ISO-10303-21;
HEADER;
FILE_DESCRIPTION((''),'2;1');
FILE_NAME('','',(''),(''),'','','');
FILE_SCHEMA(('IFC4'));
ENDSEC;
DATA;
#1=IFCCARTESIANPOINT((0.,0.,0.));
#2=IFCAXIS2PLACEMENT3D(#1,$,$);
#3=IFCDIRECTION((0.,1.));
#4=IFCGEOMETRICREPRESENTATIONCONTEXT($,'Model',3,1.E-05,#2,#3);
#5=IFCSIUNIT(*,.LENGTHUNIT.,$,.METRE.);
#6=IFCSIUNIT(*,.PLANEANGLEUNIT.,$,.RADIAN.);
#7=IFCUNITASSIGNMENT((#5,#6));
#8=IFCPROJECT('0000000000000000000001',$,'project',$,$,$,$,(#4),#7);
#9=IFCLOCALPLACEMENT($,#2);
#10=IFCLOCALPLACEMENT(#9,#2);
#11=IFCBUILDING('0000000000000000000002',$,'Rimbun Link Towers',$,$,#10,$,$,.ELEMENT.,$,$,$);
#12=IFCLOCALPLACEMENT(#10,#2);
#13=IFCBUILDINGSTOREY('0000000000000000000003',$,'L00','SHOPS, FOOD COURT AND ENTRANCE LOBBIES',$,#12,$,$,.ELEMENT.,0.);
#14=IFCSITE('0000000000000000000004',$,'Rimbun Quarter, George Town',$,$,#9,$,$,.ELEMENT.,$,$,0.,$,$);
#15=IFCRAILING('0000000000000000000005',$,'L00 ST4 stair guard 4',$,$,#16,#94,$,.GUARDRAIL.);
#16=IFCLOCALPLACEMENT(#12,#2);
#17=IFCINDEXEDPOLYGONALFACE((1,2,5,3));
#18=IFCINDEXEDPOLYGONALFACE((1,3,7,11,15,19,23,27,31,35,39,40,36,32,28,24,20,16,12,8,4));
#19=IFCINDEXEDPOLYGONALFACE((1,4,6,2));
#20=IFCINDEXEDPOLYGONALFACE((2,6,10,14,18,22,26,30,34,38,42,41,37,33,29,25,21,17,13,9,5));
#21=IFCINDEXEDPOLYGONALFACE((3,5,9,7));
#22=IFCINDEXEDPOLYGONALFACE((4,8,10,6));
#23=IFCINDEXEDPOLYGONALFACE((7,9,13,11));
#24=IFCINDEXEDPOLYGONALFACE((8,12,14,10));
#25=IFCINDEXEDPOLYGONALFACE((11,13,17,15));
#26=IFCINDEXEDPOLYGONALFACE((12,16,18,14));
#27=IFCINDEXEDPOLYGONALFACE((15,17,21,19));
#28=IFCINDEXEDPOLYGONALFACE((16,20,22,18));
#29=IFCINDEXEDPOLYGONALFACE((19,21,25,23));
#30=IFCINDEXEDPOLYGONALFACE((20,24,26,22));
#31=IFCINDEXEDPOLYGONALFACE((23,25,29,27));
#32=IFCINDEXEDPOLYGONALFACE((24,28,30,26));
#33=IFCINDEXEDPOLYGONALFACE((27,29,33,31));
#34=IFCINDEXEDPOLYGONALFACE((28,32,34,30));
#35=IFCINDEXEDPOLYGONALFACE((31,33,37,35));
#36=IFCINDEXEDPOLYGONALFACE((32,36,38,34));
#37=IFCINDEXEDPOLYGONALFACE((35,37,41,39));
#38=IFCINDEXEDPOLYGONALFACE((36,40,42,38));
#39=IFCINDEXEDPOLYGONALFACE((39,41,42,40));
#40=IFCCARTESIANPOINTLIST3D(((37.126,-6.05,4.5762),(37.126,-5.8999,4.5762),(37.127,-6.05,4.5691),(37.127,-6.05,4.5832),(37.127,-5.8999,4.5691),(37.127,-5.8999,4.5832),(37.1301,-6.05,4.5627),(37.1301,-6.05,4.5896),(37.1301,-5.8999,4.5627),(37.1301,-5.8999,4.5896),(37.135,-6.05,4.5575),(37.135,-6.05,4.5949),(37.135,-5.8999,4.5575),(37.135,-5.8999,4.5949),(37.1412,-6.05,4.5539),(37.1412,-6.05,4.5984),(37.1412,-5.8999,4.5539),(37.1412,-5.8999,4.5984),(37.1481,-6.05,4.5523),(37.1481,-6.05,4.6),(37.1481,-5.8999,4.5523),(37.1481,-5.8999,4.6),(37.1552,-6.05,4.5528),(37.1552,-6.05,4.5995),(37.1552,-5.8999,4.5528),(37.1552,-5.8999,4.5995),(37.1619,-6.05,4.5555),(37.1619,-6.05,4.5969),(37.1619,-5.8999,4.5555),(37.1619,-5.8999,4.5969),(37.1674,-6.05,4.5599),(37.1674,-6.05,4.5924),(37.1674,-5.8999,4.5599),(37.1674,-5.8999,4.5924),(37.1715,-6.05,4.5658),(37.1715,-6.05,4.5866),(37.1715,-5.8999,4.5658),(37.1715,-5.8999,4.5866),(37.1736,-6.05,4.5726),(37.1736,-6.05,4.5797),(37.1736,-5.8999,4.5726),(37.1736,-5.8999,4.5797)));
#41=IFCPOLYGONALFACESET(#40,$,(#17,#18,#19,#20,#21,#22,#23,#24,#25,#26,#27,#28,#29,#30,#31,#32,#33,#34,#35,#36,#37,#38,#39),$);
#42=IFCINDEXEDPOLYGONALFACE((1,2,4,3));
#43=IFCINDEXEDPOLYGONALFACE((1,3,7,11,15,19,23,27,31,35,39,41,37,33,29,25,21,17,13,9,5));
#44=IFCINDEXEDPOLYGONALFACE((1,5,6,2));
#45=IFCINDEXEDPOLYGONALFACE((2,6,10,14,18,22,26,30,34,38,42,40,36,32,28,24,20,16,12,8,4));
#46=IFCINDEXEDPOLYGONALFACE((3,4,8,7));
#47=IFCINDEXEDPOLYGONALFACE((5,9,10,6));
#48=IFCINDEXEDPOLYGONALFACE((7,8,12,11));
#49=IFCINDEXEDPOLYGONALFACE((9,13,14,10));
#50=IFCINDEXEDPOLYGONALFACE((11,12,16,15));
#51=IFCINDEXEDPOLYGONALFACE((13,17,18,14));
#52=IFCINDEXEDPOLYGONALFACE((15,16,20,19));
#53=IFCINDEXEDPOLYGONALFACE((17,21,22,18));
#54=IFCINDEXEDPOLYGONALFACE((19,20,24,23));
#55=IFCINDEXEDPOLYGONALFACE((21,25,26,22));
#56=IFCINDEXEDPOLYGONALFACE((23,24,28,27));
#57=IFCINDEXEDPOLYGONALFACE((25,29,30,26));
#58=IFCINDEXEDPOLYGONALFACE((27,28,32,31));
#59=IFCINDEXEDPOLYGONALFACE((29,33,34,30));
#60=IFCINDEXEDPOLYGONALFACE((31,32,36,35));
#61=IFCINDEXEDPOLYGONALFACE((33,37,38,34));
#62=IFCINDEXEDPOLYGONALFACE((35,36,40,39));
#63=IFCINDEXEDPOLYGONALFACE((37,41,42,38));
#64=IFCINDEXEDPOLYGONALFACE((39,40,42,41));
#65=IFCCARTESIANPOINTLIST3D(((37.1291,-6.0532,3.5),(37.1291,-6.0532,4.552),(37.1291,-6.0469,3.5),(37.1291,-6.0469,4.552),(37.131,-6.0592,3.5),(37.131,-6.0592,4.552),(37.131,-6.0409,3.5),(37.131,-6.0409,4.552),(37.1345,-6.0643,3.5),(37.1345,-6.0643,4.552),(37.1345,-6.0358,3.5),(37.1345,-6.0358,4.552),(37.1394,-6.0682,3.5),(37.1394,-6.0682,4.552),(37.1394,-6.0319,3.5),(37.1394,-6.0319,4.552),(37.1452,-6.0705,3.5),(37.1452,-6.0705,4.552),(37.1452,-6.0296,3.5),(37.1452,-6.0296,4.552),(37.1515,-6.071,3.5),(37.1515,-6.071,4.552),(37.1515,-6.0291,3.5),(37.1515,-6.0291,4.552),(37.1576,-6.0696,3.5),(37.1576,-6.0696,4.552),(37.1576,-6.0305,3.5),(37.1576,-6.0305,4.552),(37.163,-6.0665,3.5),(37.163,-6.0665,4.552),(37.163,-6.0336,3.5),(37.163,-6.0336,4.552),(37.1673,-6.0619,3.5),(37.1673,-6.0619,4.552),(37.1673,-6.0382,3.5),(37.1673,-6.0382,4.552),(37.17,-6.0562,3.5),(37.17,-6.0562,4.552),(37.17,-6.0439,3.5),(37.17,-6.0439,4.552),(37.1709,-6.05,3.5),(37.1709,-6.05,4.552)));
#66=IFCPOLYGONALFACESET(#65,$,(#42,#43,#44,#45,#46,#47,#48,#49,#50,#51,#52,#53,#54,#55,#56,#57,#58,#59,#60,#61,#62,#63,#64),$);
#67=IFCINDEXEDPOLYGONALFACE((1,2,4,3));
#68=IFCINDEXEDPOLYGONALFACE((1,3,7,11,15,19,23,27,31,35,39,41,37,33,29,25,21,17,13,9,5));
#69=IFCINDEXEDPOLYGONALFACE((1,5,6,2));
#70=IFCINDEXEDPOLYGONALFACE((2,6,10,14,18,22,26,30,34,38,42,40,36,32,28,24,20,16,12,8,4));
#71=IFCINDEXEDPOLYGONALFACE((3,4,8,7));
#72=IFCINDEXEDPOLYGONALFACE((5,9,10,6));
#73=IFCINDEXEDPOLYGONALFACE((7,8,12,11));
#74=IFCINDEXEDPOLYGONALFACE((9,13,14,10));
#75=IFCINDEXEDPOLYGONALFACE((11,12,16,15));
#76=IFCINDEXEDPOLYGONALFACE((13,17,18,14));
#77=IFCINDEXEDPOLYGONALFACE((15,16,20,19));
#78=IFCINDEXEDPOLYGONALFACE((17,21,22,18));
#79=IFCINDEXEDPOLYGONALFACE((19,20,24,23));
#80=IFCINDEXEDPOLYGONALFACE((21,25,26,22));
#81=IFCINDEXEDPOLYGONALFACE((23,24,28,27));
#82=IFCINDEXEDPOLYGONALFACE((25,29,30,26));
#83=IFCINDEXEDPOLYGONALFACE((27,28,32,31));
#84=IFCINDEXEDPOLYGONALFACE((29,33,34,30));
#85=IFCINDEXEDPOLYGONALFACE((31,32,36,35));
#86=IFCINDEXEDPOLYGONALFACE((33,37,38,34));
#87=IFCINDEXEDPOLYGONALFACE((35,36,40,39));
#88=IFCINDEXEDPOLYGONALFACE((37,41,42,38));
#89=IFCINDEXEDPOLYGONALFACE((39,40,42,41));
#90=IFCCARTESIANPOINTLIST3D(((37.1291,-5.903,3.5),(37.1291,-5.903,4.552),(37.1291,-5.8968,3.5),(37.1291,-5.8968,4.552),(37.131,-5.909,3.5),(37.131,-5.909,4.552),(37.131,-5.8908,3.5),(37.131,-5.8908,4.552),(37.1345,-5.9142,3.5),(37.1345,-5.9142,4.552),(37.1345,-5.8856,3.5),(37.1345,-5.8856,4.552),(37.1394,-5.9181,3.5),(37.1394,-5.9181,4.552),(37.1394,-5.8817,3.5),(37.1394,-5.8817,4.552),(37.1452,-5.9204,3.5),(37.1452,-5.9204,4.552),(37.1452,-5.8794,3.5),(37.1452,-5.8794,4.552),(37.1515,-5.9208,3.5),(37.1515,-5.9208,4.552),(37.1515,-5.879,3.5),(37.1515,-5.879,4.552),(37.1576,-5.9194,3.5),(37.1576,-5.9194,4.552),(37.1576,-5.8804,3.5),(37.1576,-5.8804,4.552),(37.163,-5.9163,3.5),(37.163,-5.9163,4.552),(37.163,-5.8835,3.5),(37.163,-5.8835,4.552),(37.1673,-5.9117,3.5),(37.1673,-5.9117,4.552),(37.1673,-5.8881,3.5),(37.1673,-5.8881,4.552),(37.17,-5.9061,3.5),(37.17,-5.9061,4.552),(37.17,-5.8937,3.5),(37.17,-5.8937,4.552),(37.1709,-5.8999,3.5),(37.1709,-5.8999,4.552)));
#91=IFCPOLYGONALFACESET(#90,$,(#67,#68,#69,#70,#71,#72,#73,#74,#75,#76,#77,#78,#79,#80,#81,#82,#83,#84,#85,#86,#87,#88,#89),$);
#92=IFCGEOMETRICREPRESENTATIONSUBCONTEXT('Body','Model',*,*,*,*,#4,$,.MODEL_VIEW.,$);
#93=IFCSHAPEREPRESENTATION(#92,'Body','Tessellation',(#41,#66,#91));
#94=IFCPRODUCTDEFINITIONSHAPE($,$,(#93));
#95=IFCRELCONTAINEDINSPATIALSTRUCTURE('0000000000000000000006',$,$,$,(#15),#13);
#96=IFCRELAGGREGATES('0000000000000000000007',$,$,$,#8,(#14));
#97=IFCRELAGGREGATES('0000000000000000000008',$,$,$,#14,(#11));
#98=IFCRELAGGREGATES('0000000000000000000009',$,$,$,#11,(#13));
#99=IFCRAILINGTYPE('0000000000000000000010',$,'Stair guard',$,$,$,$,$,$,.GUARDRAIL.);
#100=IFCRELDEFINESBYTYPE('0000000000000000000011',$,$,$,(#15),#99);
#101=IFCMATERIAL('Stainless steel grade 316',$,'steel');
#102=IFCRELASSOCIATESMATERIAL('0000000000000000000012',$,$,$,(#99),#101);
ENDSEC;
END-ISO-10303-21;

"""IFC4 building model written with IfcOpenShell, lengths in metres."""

from ifc_helpers import new_model, si_unit, direction, frame, origin, origin_2d, place, context, subcontext, project, spatial, circle, extrude, material, type_object, element, save


model = new_model("IFC4")

# Units and contexts
model_context = context("Model", 3, precision=1e-05, world=origin(), true_north=direction((0.0, 1.0)))
body_context = subcontext(model_context, "Body", "Model", "MODEL_VIEW")
ifc_project = project(units=[si_unit("LENGTHUNIT", "METRE"), si_unit("PLANEANGLEUNIT", "RADIAN")], contexts=[model_context])

# Site, building, storey
site_placement = place(None, origin())
site = spatial("IfcSite", under=ifc_project, at=site_placement, Name="Rimbun Quarter, George Town", CompositionType="ELEMENT", RefElevation=0.0)
building_placement = place(site_placement, origin())
building = spatial("IfcBuilding", under=site, at=building_placement, Name="Rimbun Link Towers", CompositionType="ELEMENT")
storey_placement = place(building_placement, origin())
storey = spatial("IfcBuildingStorey", under=building, at=storey_placement, Name="L00", Description="SHOPS, FOOD COURT AND ENTRANCE LOBBIES", CompositionType="ELEMENT", Elevation=0.0)

# Railing
ifc_material_1 = material(Name="Stainless steel grade 316", Category="steel")
railing_type_1 = type_object("IfcRailingType", Name="Stair guard", PredefinedType="GUARDRAIL", material=ifc_material_1)
railing_1_placement = place(storey_placement, frame((37.1499, -6.05, 3.5)))
element("IfcRailing", 1, at=railing_1_placement, inside=storey, type_object=railing_type_1, Name="L00 ST4 stair guard 4", PredefinedType="GUARDRAIL", context=body_context, shape_type="SweptSolid", body=[
    extrude(circle(Radius=0.0239, at=origin_2d()), frame((0.0, 0.0, 1.0762), z_axis=(0.0, 1.0, 0.0), x_axis=(-1.0, 0.0, 0.0)), (0.0, 0.0, 1.0), 0.1501),
    extrude(circle(Radius=0.021, at=origin_2d()), origin(), (0.0, 0.0, 1.0), 1.052),
    extrude(circle(Radius=0.021, at=origin_2d()), frame((0.0, 0.1501, 0.0)), (0.0, 0.0, 1.0), 1.052),
])

save(model, "model.ifc")
